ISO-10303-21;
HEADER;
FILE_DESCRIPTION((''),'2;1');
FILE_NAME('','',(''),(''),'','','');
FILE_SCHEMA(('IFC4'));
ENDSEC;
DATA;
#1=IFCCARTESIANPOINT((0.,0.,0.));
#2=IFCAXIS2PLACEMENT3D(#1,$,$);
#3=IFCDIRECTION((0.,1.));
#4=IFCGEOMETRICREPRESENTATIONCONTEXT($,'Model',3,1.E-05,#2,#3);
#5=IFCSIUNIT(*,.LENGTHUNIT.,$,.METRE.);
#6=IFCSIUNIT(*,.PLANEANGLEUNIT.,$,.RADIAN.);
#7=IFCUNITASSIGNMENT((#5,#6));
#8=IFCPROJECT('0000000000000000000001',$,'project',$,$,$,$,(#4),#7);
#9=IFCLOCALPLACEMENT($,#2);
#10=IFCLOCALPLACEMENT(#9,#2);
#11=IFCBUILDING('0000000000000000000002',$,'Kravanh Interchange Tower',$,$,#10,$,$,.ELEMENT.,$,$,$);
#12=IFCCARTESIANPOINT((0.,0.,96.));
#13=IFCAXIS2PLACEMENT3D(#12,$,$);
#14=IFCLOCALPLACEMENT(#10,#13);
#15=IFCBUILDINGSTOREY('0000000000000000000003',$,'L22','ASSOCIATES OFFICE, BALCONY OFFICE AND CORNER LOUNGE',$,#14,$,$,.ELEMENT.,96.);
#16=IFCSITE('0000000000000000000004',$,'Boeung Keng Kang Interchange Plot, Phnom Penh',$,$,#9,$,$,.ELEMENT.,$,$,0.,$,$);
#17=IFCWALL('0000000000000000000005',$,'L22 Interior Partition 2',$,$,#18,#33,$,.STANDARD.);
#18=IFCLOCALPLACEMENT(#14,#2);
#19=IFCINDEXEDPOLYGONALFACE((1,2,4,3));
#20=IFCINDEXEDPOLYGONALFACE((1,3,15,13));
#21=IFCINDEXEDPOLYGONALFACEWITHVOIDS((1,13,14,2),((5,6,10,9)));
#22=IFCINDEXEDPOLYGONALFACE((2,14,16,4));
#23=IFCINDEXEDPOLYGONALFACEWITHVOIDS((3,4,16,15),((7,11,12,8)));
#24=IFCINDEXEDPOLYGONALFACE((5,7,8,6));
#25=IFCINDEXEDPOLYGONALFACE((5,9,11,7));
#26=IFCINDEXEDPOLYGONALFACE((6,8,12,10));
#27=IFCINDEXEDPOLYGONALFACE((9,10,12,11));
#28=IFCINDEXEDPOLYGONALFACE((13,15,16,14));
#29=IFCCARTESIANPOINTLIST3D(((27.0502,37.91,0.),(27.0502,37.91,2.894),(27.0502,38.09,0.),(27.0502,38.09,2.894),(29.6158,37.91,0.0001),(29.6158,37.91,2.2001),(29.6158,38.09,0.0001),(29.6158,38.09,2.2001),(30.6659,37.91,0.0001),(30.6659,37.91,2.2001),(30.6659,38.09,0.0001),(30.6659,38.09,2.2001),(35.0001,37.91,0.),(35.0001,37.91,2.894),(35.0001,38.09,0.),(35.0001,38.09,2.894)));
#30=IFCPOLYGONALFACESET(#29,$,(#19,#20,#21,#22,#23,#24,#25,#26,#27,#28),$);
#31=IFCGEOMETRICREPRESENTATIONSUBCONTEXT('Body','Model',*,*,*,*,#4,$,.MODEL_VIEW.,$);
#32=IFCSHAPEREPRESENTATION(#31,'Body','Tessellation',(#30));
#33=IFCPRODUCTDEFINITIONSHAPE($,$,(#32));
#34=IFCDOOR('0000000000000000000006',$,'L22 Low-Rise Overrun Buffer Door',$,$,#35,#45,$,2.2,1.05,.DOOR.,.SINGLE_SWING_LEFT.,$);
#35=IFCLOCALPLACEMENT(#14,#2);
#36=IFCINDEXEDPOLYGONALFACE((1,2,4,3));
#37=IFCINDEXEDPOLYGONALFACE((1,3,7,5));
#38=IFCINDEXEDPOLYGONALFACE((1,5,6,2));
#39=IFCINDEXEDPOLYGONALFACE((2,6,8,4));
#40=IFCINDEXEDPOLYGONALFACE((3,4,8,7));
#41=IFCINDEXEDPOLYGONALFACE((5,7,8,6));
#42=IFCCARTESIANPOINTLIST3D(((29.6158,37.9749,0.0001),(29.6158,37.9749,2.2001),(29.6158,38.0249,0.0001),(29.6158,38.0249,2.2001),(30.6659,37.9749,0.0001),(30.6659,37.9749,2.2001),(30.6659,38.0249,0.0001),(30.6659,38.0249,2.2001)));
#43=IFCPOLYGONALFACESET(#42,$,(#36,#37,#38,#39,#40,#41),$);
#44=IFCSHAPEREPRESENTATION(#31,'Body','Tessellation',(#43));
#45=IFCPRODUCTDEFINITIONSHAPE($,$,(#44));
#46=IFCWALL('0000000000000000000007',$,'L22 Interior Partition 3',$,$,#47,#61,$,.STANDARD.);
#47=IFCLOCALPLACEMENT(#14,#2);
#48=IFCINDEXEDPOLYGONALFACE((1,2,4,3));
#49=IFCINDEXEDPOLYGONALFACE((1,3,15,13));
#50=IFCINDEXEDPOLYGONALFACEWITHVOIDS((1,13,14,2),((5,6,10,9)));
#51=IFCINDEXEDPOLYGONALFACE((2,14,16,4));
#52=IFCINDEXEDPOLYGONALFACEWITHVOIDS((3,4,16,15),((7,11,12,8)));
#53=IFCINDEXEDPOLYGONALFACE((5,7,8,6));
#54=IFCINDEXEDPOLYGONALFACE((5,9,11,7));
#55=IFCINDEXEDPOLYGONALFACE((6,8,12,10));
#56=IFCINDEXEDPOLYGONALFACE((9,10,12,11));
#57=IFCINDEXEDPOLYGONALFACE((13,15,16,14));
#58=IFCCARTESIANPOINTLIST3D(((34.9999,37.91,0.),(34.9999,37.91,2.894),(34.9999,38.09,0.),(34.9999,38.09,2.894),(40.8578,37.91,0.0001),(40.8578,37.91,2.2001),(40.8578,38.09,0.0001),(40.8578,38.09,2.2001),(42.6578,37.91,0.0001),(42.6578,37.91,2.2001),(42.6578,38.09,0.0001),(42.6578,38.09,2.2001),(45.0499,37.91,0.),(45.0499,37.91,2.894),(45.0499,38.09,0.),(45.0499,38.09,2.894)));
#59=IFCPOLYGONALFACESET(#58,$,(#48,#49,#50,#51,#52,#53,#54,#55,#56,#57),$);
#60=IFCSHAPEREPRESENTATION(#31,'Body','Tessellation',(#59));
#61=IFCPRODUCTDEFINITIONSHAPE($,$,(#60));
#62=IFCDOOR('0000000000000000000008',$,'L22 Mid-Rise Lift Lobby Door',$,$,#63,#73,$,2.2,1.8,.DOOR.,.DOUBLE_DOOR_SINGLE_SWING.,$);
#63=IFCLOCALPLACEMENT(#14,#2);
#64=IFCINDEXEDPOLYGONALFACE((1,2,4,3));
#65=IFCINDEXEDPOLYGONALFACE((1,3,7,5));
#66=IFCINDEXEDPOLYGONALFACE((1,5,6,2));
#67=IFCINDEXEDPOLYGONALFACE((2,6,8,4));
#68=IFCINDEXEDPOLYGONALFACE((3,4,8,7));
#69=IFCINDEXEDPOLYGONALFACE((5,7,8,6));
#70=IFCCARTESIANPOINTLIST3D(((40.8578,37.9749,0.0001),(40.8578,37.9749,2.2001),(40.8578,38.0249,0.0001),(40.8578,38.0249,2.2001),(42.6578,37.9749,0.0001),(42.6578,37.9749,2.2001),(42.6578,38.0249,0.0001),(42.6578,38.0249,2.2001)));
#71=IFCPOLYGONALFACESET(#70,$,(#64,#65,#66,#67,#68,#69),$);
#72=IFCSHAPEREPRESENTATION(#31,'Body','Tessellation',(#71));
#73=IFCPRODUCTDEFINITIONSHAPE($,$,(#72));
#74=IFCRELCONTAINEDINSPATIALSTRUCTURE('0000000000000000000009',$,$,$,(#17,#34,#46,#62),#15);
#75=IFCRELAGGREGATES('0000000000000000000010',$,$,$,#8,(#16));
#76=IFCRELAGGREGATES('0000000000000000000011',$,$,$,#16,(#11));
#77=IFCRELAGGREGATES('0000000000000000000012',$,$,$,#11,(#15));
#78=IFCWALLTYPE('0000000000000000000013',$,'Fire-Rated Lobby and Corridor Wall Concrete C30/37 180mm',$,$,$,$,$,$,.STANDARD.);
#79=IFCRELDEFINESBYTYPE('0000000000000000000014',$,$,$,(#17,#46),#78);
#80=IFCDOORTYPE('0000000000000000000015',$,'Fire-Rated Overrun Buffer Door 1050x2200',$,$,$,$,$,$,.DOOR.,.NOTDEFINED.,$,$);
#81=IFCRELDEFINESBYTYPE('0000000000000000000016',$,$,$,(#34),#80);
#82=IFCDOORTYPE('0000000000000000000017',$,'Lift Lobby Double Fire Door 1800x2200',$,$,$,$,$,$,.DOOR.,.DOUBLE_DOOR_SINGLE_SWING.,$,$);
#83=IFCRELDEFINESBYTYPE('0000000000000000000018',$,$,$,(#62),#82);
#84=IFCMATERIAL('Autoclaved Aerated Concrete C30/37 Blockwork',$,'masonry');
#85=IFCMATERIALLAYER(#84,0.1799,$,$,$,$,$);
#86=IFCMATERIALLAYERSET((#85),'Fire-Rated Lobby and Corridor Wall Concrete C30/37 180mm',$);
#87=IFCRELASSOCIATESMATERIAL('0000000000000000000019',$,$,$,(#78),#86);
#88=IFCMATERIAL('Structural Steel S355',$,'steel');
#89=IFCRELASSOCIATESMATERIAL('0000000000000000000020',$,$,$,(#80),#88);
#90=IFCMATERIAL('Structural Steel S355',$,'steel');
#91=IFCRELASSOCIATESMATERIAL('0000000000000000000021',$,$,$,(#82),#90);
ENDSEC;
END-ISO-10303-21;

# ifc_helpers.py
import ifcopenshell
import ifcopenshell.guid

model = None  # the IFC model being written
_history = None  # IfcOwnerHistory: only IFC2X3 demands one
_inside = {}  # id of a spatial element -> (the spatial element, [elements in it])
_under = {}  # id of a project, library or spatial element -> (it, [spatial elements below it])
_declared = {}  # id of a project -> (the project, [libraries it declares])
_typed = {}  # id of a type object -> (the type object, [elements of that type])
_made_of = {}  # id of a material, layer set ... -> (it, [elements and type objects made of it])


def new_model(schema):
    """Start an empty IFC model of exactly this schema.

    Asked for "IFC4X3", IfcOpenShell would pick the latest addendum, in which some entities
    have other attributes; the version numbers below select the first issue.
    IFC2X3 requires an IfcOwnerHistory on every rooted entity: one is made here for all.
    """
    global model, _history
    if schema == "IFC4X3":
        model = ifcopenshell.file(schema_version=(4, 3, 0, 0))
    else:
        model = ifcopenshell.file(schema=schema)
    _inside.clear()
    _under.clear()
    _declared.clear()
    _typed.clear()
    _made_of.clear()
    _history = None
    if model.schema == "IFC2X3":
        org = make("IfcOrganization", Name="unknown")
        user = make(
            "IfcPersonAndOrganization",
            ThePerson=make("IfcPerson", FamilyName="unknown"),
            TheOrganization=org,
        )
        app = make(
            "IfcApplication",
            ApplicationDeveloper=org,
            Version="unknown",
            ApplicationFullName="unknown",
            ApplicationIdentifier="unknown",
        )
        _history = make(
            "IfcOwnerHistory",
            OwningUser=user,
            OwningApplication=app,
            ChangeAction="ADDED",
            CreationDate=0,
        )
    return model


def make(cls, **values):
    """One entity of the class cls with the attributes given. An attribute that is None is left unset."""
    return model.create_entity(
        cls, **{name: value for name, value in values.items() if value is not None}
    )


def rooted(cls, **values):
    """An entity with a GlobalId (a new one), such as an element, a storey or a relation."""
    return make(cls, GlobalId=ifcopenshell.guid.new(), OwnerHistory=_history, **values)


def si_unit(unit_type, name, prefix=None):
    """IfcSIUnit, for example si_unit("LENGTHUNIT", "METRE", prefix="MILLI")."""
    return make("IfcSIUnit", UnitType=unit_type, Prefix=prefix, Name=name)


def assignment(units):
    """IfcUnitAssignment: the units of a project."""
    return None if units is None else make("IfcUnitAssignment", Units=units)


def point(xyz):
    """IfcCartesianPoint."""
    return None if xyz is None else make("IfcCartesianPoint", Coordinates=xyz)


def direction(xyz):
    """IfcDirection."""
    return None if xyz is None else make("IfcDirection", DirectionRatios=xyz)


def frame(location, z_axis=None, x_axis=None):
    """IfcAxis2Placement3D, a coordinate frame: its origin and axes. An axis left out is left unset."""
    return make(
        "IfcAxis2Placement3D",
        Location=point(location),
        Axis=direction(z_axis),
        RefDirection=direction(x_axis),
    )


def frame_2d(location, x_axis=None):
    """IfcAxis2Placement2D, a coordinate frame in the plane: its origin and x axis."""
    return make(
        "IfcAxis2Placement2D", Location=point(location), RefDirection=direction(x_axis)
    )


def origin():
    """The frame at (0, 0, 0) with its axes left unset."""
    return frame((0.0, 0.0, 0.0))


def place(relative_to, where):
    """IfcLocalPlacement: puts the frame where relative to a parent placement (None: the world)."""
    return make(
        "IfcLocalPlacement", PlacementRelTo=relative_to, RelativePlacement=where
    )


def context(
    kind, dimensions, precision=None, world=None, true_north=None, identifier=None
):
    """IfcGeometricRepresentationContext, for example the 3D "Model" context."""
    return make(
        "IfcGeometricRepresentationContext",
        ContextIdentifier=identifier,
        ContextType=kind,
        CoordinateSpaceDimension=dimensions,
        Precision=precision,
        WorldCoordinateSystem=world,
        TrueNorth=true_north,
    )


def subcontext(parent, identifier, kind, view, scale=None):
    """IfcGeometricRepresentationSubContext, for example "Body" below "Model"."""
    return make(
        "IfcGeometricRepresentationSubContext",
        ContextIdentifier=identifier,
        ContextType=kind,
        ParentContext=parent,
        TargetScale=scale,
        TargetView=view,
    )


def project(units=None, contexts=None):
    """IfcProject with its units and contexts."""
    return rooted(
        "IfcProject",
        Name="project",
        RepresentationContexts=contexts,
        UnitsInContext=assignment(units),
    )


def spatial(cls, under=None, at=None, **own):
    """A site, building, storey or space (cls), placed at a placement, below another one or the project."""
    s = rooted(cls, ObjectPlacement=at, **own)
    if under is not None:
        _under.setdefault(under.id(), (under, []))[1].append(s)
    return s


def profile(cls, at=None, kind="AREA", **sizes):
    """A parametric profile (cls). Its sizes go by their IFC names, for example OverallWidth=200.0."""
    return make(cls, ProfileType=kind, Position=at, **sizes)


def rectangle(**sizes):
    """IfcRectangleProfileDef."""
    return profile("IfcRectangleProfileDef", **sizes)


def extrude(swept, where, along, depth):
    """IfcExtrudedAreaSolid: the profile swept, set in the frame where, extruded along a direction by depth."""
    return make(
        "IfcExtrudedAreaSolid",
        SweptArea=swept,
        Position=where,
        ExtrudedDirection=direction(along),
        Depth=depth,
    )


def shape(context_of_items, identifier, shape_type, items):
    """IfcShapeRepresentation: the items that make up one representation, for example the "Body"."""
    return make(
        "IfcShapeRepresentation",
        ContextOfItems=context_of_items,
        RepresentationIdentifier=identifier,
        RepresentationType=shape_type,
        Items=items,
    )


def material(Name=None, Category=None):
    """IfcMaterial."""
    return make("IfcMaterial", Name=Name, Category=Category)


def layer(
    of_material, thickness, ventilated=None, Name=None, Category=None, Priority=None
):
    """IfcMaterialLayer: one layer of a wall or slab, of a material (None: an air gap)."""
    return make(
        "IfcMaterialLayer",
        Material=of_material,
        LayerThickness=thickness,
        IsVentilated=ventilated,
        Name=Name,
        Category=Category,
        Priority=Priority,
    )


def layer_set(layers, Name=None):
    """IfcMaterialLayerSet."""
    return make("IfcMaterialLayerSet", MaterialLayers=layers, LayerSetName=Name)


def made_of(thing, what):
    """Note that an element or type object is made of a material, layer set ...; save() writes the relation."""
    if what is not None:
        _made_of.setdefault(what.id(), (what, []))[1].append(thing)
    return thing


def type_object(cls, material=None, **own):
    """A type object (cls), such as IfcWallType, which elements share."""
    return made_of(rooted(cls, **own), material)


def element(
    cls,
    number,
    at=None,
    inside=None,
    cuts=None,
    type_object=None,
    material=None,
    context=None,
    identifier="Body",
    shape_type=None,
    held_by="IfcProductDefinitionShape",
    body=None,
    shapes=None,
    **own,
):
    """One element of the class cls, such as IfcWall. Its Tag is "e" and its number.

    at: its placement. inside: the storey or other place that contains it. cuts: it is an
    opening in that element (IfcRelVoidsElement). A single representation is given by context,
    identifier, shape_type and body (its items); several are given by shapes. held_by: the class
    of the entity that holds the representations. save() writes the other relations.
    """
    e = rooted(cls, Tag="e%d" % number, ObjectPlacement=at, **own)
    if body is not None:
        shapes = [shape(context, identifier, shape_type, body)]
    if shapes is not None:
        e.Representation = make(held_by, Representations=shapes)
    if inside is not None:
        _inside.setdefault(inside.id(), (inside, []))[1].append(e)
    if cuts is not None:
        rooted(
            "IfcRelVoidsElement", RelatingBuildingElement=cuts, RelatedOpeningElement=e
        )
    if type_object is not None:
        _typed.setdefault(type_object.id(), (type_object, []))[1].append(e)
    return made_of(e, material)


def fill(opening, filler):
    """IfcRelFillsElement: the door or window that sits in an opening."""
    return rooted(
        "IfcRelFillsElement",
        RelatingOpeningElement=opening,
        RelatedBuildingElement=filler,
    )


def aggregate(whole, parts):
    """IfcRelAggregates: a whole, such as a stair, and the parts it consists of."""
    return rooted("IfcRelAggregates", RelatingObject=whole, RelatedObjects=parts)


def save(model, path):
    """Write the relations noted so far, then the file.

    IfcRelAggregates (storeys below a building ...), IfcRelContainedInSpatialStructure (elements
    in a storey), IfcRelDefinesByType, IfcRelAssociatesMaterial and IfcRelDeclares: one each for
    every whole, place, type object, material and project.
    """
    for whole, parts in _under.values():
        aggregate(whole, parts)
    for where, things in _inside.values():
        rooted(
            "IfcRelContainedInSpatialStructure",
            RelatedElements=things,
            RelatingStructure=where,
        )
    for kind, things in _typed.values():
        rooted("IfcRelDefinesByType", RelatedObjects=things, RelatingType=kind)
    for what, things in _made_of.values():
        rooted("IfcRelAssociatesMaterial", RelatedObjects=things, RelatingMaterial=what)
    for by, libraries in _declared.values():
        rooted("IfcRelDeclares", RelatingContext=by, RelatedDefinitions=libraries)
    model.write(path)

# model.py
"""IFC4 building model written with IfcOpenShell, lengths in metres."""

from ifc_helpers import new_model, si_unit, direction, frame, frame_2d, origin, place, context, subcontext, project, spatial, rectangle, extrude, material, layer, layer_set, type_object, element, fill, save


model = new_model("IFC4")

# Units and contexts
model_context = context("Model", 3, precision=1e-05, world=origin(), true_north=direction((0.0, 1.0)))
body_context = subcontext(model_context, "Body", "Model", "MODEL_VIEW")
ifc_project = project(units=[si_unit("LENGTHUNIT", "METRE"), si_unit("PLANEANGLEUNIT", "RADIAN")], contexts=[model_context])

# Site, building, storey
site_placement = place(None, origin())
site = spatial("IfcSite", under=ifc_project, at=site_placement, Name="Boeung Keng Kang Interchange Plot, Phnom Penh", CompositionType="ELEMENT", RefElevation=0.0)
building_placement = place(site_placement, origin())
building = spatial("IfcBuilding", under=site, at=building_placement, Name="Kravanh Interchange Tower", CompositionType="ELEMENT")
storey_placement = place(building_placement, frame((0.0, 0.0, 96.0)))
storey = spatial("IfcBuildingStorey", under=building, at=storey_placement, Name="L22", Description="ASSOCIATES OFFICE, BALCONY OFFICE AND CORNER LOUNGE", CompositionType="ELEMENT", Elevation=96.0)

# Walls, openings, doors
ifc_material_1 = material(Name="Autoclaved Aerated Concrete C30/37 Blockwork", Category="masonry")
ifc_layer_1 = layer(ifc_material_1, 0.1799)
ifc_layer_set_1 = layer_set([ifc_layer_1], Name="Fire-Rated Lobby and Corridor Wall Concrete C30/37 180mm")
wall_type_1 = type_object("IfcWallType", Name="Fire-Rated Lobby and Corridor Wall Concrete C30/37 180mm", PredefinedType="STANDARD", material=ifc_layer_set_1)
wall_1_placement = place(storey_placement, frame((27.05, 38.0, 0.0), z_axis=(0.0, 0.0, 1.0), x_axis=(1.0, 0.0, 0.0)))
wall_1 = element("IfcWall", 1, at=wall_1_placement, inside=storey, type_object=wall_type_1, Name="L22 Interior Partition 2", PredefinedType="STANDARD", context=body_context, shape_type="SweptSolid", body=[
    extrude(rectangle(XDim=7.95, YDim=0.1799, at=frame_2d((3.9751, 0.0))), origin(), (0.0, 0.0, 1.0), 2.894),
])
opening_1_placement = place(wall_1_placement, frame((2.5659, 0.0, 0.0)))
opening_1 = element("IfcOpeningElement", 2, at=opening_1_placement, cuts=wall_1, PredefinedType="OPENING", context=body_context, shape_type="SweptSolid", body=[
    extrude(rectangle(XDim=1.05, YDim=2.2, at=frame_2d((0.5249, 1.1001))), frame((0.0, 0.1001, 0.0), z_axis=(0.0, -1.0, 0.0), x_axis=(1.0, 0.0, 0.0)), (0.0, 0.0, 1.0), 0.2),
])
ifc_material_2 = material(Name="Structural Steel S355", Category="steel")
door_type_1 = type_object("IfcDoorType", Name="Fire-Rated Overrun Buffer Door 1050x2200", OperationType="NOTDEFINED", PredefinedType="DOOR", material=ifc_material_2)
door_1_placement = place(opening_1_placement, origin())
door_1 = element("IfcDoor", 3, at=door_1_placement, inside=storey, type_object=door_type_1, Name="L22 Low-Rise Overrun Buffer Door", OperationType="SINGLE_SWING_LEFT", OverallHeight=2.2, OverallWidth=1.05, PredefinedType="DOOR", context=body_context, shape_type="SweptSolid", body=[
    extrude(rectangle(XDim=1.05, YDim=2.2, at=frame_2d((0.5249, 1.1001))), frame((0.0, 0.0249, 0.0), z_axis=(0.0, -1.0, 0.0), x_axis=(1.0, 0.0, 0.0)), (0.0, 0.0, 1.0), 0.05),
])
fill(opening_1, door_1)
wall_2_placement = place(storey_placement, frame((35.0, 38.0, 0.0), z_axis=(0.0, 0.0, 1.0), x_axis=(1.0, 0.0, 0.0)))
wall_2 = element("IfcWall", 4, at=wall_2_placement, inside=storey, type_object=wall_type_1, Name="L22 Interior Partition 3", PredefinedType="STANDARD", context=body_context, shape_type="SweptSolid", body=[
    extrude(rectangle(XDim=10.05, YDim=0.1799, at=frame_2d((5.0249, 0.0))), origin(), (0.0, 0.0, 1.0), 2.894),
])
opening_2_placement = place(wall_2_placement, frame((5.8579, 0.0, 0.0)))
opening_2 = element("IfcOpeningElement", 5, at=opening_2_placement, cuts=wall_2, PredefinedType="OPENING", context=body_context, shape_type="SweptSolid", body=[
    extrude(rectangle(XDim=1.8, YDim=2.2, at=frame_2d((0.8999, 1.1001))), frame((0.0, 0.1001, 0.0), z_axis=(0.0, -1.0, 0.0), x_axis=(1.0, 0.0, 0.0)), (0.0, 0.0, 1.0), 0.2),
])
ifc_material_3 = material(Name="Structural Steel S355", Category="steel")
door_type_2 = type_object("IfcDoorType", Name="Lift Lobby Double Fire Door 1800x2200", OperationType="DOUBLE_DOOR_SINGLE_SWING", PredefinedType="DOOR", material=ifc_material_3)
door_2_placement = place(opening_2_placement, origin())
door_2 = element("IfcDoor", 6, at=door_2_placement, inside=storey, type_object=door_type_2, Name="L22 Mid-Rise Lift Lobby Door", OperationType="DOUBLE_DOOR_SINGLE_SWING", OverallHeight=2.2, OverallWidth=1.8, PredefinedType="DOOR", context=body_context, shape_type="SweptSolid", body=[
    extrude(rectangle(XDim=1.8, YDim=2.2, at=frame_2d((0.8999, 1.1001))), frame((0.0, 0.0249, 0.0), z_axis=(0.0, -1.0, 0.0), x_axis=(1.0, 0.0, 0.0)), (0.0, 0.0, 1.0), 0.05),
])
fill(opening_2, door_2)

save(model, "model.ifc")
